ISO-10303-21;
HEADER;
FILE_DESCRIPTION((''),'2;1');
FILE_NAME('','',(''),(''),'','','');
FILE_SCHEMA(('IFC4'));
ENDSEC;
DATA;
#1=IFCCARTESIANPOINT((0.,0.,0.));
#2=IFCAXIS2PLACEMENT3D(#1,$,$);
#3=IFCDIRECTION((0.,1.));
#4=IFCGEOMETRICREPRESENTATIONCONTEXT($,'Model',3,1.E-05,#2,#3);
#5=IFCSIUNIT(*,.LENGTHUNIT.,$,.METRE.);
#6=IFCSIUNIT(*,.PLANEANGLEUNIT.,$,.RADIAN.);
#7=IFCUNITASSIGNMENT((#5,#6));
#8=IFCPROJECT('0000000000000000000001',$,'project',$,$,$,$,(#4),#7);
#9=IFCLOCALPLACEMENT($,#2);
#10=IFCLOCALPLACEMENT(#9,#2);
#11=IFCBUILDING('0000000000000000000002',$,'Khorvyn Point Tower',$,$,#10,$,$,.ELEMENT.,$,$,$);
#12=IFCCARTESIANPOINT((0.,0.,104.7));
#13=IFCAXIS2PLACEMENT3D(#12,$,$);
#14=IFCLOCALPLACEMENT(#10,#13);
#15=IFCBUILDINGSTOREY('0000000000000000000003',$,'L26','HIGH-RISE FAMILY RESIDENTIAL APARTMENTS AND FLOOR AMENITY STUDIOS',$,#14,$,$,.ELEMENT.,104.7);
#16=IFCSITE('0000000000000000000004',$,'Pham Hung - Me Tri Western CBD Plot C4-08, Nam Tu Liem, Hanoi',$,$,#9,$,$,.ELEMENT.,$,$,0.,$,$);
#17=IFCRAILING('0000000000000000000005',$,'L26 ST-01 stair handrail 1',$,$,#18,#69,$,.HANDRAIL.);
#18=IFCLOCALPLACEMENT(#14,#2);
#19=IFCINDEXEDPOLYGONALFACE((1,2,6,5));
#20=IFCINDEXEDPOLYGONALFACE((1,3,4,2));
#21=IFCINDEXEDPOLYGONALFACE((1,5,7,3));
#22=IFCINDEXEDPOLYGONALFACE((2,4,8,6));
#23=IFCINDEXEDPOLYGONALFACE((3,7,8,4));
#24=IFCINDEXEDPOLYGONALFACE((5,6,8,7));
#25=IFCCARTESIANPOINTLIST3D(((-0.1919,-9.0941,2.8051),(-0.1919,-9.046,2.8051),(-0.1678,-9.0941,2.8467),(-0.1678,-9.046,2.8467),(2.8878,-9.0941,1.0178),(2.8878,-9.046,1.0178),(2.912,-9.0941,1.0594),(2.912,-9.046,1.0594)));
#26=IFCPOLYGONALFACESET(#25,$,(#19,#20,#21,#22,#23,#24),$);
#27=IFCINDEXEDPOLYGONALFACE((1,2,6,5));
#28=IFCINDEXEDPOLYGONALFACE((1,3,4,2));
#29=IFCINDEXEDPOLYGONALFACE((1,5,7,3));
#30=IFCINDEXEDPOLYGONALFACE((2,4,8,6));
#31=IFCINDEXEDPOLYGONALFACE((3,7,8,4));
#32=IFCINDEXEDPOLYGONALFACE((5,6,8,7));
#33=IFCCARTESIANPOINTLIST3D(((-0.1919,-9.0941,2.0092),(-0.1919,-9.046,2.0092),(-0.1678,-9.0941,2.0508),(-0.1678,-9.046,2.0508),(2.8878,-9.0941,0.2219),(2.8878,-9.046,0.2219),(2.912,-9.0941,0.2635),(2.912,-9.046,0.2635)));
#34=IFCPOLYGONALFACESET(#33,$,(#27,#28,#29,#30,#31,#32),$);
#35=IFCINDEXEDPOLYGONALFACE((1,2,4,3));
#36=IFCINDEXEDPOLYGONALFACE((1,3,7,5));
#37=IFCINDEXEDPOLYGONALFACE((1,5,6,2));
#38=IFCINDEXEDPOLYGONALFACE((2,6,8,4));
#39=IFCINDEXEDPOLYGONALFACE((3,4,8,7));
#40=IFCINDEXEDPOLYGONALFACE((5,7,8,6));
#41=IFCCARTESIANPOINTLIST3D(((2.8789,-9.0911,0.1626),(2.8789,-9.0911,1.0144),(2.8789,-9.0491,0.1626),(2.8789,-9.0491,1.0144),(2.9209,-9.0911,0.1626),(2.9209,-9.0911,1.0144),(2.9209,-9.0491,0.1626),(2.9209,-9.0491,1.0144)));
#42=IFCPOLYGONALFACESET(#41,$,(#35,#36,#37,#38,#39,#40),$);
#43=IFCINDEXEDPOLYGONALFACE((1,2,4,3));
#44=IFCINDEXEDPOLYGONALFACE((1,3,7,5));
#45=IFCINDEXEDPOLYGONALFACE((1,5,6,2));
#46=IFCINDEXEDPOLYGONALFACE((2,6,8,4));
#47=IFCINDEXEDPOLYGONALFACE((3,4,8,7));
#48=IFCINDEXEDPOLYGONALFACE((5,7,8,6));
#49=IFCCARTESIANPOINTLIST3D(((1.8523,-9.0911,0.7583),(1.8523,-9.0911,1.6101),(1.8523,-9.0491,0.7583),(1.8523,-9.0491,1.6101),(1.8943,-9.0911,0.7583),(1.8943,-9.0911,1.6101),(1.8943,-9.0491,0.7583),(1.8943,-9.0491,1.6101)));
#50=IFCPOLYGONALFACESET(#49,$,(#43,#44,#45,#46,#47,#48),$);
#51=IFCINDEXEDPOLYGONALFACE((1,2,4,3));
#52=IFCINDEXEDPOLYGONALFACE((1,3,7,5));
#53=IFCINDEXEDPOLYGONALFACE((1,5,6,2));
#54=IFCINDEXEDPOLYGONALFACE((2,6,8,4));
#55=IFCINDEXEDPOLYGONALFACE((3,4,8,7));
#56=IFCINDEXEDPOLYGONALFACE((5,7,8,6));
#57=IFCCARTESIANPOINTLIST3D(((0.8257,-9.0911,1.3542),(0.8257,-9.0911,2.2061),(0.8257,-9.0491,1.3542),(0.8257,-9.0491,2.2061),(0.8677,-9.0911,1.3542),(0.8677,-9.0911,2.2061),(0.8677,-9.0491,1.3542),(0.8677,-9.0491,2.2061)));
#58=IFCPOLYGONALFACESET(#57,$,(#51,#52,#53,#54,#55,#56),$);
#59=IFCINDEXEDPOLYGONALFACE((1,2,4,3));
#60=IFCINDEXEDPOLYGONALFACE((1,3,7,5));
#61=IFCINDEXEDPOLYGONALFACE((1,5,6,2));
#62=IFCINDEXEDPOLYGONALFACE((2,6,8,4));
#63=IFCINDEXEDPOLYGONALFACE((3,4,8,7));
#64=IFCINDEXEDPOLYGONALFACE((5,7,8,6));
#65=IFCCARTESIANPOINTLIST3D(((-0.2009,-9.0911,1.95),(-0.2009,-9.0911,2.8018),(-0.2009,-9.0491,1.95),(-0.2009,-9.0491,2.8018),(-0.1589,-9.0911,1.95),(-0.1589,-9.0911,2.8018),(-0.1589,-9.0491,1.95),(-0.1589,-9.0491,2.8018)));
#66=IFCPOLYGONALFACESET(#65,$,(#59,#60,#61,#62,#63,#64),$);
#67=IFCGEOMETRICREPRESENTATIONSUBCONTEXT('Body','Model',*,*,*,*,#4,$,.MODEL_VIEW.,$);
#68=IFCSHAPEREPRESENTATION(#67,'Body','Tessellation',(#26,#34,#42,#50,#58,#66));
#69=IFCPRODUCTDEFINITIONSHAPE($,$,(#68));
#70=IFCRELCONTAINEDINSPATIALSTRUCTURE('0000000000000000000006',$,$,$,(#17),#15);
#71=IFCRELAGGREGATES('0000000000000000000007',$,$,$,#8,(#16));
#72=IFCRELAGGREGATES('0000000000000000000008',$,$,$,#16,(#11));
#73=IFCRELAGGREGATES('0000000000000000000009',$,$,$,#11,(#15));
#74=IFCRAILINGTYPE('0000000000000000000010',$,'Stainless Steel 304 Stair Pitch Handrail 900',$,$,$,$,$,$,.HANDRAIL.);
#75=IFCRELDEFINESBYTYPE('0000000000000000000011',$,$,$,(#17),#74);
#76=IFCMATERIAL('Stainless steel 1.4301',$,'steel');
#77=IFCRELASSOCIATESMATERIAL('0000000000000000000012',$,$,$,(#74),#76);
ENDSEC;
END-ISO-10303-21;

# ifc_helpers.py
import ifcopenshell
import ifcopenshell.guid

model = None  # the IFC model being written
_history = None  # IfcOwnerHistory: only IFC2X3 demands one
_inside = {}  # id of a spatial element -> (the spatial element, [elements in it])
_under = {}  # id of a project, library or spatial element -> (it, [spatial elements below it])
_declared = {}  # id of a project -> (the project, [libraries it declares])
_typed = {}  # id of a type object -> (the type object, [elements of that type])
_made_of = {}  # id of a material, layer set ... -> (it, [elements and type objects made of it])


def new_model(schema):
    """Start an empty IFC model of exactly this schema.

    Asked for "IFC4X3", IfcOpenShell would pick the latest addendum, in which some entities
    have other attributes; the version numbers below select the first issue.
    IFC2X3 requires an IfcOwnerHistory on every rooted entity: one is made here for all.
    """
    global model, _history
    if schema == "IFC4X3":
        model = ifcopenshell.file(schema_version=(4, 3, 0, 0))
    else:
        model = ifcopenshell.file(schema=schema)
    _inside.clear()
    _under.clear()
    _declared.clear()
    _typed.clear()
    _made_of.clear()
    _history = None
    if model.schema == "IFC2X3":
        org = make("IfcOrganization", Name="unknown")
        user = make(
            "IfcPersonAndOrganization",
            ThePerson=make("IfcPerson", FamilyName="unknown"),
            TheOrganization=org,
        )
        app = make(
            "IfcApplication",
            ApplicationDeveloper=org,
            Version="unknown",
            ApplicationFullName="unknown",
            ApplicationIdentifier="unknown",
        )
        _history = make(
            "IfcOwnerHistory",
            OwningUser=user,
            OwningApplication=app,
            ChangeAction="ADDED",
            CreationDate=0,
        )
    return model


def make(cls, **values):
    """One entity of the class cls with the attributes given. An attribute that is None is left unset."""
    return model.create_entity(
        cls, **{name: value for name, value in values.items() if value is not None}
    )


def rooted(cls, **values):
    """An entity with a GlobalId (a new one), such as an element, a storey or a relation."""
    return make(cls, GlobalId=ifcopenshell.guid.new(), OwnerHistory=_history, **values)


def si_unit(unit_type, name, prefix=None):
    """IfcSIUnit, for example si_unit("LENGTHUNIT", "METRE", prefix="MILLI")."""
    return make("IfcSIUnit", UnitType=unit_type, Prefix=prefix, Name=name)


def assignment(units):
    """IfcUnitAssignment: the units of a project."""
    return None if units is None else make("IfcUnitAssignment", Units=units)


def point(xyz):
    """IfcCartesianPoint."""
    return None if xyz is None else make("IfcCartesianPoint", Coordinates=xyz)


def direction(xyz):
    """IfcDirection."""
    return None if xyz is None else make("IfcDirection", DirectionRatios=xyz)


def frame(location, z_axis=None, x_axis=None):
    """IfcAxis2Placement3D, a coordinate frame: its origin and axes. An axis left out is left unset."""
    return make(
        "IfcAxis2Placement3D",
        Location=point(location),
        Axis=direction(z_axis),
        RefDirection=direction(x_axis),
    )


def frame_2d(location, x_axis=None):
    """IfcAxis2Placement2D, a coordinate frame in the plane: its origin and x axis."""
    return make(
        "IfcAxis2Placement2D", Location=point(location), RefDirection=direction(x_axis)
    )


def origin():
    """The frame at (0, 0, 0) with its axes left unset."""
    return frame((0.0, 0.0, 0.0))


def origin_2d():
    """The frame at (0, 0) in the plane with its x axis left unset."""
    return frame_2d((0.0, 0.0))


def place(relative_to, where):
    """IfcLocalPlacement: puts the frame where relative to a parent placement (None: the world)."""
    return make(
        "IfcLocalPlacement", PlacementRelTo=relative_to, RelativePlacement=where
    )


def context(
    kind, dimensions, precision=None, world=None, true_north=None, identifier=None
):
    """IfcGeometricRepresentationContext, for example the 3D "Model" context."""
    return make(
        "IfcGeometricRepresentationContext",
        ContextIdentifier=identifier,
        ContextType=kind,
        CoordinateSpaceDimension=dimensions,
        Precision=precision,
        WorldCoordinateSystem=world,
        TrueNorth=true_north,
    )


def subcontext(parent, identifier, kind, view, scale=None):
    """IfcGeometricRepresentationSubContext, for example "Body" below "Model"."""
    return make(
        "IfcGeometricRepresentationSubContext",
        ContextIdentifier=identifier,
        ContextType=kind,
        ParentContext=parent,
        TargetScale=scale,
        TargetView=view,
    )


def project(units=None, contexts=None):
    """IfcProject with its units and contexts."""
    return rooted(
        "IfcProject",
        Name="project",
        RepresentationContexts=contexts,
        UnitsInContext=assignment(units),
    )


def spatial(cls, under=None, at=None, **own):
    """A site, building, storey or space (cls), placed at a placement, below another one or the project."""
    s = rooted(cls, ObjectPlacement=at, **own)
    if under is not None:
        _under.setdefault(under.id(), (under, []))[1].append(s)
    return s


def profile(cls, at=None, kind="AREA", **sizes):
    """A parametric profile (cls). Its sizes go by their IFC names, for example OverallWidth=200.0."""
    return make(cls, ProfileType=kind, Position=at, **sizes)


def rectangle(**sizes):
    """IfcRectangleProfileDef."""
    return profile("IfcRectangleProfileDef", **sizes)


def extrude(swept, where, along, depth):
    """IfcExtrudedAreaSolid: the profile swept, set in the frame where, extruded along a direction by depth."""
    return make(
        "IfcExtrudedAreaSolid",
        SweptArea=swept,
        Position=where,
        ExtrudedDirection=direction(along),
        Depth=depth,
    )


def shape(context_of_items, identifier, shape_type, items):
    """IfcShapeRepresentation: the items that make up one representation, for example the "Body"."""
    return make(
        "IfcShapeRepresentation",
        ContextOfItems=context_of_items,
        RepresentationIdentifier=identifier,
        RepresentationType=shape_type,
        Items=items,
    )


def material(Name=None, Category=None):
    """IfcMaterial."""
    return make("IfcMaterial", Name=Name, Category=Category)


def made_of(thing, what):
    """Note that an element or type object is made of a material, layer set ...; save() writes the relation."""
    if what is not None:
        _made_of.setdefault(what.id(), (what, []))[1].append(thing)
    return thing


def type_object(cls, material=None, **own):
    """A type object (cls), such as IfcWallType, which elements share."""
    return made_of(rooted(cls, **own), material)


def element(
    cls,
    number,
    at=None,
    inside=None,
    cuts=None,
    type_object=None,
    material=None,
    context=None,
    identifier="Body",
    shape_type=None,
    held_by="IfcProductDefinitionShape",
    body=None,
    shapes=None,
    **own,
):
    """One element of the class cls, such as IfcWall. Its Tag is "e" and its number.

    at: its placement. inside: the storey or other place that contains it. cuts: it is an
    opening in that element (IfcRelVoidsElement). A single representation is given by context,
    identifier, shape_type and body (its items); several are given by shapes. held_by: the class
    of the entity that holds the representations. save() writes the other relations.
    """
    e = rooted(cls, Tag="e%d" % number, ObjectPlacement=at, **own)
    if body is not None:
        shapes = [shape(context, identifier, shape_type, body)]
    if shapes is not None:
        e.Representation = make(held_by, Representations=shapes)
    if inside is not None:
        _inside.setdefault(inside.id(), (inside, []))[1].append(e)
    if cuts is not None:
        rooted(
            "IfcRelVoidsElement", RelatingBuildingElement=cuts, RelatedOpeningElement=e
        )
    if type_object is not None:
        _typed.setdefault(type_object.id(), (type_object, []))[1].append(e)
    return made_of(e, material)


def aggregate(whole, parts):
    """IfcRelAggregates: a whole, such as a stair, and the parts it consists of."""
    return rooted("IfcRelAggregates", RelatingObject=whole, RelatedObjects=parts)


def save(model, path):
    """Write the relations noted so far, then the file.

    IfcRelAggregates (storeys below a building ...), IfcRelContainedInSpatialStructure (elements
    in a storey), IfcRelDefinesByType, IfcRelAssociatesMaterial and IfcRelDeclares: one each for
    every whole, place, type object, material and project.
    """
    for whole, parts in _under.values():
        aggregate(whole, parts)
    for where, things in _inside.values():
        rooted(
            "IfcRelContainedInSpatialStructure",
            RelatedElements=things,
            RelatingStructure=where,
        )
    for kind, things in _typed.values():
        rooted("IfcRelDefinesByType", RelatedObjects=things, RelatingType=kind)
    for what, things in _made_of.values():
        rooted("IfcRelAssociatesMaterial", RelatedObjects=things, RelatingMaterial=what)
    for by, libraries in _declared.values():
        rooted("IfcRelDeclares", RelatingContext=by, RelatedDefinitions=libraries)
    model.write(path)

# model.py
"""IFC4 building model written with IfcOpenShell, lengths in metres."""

from ifc_helpers import new_model, si_unit, direction, frame, origin, origin_2d, place, context, subcontext, project, spatial, rectangle, extrude, material, type_object, element, save


model = new_model("IFC4")

# Units and contexts
model_context = context("Model", 3, precision=1e-05, world=origin(), true_north=direction((0.0, 1.0)))
body_context = subcontext(model_context, "Body", "Model", "MODEL_VIEW")
ifc_project = project(units=[si_unit("LENGTHUNIT", "METRE"), si_unit("PLANEANGLEUNIT", "RADIAN")], contexts=[model_context])

# Site, building, storey
site_placement = place(None, origin())
site = spatial("IfcSite", under=ifc_project, at=site_placement, Name="Pham Hung - Me Tri Western CBD Plot C4-08, Nam Tu Liem, Hanoi", CompositionType="ELEMENT", RefElevation=0.0)
building_placement = place(site_placement, origin())
building = spatial("IfcBuilding", under=site, at=building_placement, Name="Khorvyn Point Tower", CompositionType="ELEMENT")
storey_placement = place(building_placement, frame((0.0, 0.0, 104.7)))
storey = spatial("IfcBuildingStorey", under=building, at=storey_placement, Name="L26", Description="HIGH-RISE FAMILY RESIDENTIAL APARTMENTS AND FLOOR AMENITY STUDIOS", CompositionType="ELEMENT", Elevation=104.7)

# Shared definitions
ifc_material_1 = material(Name="Stainless steel 1.4301", Category="steel")

# Railing
railing_type_1 = type_object("IfcRailingType", Name="Stainless Steel 304 Stair Pitch Handrail 900", PredefinedType="HANDRAIL", material=ifc_material_1)
railing_1_placement = place(storey_placement, frame((2.8999, -9.0701, 0.1626)))
element("IfcRailing", 1, at=railing_1_placement, inside=storey, type_object=railing_type_1, Name="L26 ST-01 stair handrail 1", PredefinedType="HANDRAIL", context=body_context, shape_type="SweptSolid", body=[
    extrude(rectangle(XDim=0.0481, YDim=0.0481, at=origin_2d()), frame((0.0, 0.0, 0.876), z_axis=(-0.864903, 0.0, 0.501939), x_axis=(0.0, -1.0, 0.0)), (0.0, 0.0, 1.0), 3.5608),
    extrude(rectangle(XDim=0.0481, YDim=0.0481, at=origin_2d()), frame((0.0, 0.0, 0.0801), z_axis=(-0.864903, 0.0, 0.501939), x_axis=(0.0, -1.0, 0.0)), (0.0, 0.0, 1.0), 3.5608),
    extrude(rectangle(XDim=0.042, YDim=0.042, at=origin_2d()), origin(), (0.0, 0.0, 1.0), 0.8518),
    extrude(rectangle(XDim=0.042, YDim=0.042, at=origin_2d()), frame((-1.0266, 0.0, 0.5957)), (0.0, 0.0, 1.0), 0.8518),
    extrude(rectangle(XDim=0.042, YDim=0.042, at=origin_2d()), frame((-2.0532, 0.0, 1.1917)), (0.0, 0.0, 1.0), 0.8518),
    extrude(rectangle(XDim=0.042, YDim=0.042, at=origin_2d()), frame((-3.0798, 0.0, 1.7874)), (0.0, 0.0, 1.0), 0.8518),
])

save(model, "model.ifc")
